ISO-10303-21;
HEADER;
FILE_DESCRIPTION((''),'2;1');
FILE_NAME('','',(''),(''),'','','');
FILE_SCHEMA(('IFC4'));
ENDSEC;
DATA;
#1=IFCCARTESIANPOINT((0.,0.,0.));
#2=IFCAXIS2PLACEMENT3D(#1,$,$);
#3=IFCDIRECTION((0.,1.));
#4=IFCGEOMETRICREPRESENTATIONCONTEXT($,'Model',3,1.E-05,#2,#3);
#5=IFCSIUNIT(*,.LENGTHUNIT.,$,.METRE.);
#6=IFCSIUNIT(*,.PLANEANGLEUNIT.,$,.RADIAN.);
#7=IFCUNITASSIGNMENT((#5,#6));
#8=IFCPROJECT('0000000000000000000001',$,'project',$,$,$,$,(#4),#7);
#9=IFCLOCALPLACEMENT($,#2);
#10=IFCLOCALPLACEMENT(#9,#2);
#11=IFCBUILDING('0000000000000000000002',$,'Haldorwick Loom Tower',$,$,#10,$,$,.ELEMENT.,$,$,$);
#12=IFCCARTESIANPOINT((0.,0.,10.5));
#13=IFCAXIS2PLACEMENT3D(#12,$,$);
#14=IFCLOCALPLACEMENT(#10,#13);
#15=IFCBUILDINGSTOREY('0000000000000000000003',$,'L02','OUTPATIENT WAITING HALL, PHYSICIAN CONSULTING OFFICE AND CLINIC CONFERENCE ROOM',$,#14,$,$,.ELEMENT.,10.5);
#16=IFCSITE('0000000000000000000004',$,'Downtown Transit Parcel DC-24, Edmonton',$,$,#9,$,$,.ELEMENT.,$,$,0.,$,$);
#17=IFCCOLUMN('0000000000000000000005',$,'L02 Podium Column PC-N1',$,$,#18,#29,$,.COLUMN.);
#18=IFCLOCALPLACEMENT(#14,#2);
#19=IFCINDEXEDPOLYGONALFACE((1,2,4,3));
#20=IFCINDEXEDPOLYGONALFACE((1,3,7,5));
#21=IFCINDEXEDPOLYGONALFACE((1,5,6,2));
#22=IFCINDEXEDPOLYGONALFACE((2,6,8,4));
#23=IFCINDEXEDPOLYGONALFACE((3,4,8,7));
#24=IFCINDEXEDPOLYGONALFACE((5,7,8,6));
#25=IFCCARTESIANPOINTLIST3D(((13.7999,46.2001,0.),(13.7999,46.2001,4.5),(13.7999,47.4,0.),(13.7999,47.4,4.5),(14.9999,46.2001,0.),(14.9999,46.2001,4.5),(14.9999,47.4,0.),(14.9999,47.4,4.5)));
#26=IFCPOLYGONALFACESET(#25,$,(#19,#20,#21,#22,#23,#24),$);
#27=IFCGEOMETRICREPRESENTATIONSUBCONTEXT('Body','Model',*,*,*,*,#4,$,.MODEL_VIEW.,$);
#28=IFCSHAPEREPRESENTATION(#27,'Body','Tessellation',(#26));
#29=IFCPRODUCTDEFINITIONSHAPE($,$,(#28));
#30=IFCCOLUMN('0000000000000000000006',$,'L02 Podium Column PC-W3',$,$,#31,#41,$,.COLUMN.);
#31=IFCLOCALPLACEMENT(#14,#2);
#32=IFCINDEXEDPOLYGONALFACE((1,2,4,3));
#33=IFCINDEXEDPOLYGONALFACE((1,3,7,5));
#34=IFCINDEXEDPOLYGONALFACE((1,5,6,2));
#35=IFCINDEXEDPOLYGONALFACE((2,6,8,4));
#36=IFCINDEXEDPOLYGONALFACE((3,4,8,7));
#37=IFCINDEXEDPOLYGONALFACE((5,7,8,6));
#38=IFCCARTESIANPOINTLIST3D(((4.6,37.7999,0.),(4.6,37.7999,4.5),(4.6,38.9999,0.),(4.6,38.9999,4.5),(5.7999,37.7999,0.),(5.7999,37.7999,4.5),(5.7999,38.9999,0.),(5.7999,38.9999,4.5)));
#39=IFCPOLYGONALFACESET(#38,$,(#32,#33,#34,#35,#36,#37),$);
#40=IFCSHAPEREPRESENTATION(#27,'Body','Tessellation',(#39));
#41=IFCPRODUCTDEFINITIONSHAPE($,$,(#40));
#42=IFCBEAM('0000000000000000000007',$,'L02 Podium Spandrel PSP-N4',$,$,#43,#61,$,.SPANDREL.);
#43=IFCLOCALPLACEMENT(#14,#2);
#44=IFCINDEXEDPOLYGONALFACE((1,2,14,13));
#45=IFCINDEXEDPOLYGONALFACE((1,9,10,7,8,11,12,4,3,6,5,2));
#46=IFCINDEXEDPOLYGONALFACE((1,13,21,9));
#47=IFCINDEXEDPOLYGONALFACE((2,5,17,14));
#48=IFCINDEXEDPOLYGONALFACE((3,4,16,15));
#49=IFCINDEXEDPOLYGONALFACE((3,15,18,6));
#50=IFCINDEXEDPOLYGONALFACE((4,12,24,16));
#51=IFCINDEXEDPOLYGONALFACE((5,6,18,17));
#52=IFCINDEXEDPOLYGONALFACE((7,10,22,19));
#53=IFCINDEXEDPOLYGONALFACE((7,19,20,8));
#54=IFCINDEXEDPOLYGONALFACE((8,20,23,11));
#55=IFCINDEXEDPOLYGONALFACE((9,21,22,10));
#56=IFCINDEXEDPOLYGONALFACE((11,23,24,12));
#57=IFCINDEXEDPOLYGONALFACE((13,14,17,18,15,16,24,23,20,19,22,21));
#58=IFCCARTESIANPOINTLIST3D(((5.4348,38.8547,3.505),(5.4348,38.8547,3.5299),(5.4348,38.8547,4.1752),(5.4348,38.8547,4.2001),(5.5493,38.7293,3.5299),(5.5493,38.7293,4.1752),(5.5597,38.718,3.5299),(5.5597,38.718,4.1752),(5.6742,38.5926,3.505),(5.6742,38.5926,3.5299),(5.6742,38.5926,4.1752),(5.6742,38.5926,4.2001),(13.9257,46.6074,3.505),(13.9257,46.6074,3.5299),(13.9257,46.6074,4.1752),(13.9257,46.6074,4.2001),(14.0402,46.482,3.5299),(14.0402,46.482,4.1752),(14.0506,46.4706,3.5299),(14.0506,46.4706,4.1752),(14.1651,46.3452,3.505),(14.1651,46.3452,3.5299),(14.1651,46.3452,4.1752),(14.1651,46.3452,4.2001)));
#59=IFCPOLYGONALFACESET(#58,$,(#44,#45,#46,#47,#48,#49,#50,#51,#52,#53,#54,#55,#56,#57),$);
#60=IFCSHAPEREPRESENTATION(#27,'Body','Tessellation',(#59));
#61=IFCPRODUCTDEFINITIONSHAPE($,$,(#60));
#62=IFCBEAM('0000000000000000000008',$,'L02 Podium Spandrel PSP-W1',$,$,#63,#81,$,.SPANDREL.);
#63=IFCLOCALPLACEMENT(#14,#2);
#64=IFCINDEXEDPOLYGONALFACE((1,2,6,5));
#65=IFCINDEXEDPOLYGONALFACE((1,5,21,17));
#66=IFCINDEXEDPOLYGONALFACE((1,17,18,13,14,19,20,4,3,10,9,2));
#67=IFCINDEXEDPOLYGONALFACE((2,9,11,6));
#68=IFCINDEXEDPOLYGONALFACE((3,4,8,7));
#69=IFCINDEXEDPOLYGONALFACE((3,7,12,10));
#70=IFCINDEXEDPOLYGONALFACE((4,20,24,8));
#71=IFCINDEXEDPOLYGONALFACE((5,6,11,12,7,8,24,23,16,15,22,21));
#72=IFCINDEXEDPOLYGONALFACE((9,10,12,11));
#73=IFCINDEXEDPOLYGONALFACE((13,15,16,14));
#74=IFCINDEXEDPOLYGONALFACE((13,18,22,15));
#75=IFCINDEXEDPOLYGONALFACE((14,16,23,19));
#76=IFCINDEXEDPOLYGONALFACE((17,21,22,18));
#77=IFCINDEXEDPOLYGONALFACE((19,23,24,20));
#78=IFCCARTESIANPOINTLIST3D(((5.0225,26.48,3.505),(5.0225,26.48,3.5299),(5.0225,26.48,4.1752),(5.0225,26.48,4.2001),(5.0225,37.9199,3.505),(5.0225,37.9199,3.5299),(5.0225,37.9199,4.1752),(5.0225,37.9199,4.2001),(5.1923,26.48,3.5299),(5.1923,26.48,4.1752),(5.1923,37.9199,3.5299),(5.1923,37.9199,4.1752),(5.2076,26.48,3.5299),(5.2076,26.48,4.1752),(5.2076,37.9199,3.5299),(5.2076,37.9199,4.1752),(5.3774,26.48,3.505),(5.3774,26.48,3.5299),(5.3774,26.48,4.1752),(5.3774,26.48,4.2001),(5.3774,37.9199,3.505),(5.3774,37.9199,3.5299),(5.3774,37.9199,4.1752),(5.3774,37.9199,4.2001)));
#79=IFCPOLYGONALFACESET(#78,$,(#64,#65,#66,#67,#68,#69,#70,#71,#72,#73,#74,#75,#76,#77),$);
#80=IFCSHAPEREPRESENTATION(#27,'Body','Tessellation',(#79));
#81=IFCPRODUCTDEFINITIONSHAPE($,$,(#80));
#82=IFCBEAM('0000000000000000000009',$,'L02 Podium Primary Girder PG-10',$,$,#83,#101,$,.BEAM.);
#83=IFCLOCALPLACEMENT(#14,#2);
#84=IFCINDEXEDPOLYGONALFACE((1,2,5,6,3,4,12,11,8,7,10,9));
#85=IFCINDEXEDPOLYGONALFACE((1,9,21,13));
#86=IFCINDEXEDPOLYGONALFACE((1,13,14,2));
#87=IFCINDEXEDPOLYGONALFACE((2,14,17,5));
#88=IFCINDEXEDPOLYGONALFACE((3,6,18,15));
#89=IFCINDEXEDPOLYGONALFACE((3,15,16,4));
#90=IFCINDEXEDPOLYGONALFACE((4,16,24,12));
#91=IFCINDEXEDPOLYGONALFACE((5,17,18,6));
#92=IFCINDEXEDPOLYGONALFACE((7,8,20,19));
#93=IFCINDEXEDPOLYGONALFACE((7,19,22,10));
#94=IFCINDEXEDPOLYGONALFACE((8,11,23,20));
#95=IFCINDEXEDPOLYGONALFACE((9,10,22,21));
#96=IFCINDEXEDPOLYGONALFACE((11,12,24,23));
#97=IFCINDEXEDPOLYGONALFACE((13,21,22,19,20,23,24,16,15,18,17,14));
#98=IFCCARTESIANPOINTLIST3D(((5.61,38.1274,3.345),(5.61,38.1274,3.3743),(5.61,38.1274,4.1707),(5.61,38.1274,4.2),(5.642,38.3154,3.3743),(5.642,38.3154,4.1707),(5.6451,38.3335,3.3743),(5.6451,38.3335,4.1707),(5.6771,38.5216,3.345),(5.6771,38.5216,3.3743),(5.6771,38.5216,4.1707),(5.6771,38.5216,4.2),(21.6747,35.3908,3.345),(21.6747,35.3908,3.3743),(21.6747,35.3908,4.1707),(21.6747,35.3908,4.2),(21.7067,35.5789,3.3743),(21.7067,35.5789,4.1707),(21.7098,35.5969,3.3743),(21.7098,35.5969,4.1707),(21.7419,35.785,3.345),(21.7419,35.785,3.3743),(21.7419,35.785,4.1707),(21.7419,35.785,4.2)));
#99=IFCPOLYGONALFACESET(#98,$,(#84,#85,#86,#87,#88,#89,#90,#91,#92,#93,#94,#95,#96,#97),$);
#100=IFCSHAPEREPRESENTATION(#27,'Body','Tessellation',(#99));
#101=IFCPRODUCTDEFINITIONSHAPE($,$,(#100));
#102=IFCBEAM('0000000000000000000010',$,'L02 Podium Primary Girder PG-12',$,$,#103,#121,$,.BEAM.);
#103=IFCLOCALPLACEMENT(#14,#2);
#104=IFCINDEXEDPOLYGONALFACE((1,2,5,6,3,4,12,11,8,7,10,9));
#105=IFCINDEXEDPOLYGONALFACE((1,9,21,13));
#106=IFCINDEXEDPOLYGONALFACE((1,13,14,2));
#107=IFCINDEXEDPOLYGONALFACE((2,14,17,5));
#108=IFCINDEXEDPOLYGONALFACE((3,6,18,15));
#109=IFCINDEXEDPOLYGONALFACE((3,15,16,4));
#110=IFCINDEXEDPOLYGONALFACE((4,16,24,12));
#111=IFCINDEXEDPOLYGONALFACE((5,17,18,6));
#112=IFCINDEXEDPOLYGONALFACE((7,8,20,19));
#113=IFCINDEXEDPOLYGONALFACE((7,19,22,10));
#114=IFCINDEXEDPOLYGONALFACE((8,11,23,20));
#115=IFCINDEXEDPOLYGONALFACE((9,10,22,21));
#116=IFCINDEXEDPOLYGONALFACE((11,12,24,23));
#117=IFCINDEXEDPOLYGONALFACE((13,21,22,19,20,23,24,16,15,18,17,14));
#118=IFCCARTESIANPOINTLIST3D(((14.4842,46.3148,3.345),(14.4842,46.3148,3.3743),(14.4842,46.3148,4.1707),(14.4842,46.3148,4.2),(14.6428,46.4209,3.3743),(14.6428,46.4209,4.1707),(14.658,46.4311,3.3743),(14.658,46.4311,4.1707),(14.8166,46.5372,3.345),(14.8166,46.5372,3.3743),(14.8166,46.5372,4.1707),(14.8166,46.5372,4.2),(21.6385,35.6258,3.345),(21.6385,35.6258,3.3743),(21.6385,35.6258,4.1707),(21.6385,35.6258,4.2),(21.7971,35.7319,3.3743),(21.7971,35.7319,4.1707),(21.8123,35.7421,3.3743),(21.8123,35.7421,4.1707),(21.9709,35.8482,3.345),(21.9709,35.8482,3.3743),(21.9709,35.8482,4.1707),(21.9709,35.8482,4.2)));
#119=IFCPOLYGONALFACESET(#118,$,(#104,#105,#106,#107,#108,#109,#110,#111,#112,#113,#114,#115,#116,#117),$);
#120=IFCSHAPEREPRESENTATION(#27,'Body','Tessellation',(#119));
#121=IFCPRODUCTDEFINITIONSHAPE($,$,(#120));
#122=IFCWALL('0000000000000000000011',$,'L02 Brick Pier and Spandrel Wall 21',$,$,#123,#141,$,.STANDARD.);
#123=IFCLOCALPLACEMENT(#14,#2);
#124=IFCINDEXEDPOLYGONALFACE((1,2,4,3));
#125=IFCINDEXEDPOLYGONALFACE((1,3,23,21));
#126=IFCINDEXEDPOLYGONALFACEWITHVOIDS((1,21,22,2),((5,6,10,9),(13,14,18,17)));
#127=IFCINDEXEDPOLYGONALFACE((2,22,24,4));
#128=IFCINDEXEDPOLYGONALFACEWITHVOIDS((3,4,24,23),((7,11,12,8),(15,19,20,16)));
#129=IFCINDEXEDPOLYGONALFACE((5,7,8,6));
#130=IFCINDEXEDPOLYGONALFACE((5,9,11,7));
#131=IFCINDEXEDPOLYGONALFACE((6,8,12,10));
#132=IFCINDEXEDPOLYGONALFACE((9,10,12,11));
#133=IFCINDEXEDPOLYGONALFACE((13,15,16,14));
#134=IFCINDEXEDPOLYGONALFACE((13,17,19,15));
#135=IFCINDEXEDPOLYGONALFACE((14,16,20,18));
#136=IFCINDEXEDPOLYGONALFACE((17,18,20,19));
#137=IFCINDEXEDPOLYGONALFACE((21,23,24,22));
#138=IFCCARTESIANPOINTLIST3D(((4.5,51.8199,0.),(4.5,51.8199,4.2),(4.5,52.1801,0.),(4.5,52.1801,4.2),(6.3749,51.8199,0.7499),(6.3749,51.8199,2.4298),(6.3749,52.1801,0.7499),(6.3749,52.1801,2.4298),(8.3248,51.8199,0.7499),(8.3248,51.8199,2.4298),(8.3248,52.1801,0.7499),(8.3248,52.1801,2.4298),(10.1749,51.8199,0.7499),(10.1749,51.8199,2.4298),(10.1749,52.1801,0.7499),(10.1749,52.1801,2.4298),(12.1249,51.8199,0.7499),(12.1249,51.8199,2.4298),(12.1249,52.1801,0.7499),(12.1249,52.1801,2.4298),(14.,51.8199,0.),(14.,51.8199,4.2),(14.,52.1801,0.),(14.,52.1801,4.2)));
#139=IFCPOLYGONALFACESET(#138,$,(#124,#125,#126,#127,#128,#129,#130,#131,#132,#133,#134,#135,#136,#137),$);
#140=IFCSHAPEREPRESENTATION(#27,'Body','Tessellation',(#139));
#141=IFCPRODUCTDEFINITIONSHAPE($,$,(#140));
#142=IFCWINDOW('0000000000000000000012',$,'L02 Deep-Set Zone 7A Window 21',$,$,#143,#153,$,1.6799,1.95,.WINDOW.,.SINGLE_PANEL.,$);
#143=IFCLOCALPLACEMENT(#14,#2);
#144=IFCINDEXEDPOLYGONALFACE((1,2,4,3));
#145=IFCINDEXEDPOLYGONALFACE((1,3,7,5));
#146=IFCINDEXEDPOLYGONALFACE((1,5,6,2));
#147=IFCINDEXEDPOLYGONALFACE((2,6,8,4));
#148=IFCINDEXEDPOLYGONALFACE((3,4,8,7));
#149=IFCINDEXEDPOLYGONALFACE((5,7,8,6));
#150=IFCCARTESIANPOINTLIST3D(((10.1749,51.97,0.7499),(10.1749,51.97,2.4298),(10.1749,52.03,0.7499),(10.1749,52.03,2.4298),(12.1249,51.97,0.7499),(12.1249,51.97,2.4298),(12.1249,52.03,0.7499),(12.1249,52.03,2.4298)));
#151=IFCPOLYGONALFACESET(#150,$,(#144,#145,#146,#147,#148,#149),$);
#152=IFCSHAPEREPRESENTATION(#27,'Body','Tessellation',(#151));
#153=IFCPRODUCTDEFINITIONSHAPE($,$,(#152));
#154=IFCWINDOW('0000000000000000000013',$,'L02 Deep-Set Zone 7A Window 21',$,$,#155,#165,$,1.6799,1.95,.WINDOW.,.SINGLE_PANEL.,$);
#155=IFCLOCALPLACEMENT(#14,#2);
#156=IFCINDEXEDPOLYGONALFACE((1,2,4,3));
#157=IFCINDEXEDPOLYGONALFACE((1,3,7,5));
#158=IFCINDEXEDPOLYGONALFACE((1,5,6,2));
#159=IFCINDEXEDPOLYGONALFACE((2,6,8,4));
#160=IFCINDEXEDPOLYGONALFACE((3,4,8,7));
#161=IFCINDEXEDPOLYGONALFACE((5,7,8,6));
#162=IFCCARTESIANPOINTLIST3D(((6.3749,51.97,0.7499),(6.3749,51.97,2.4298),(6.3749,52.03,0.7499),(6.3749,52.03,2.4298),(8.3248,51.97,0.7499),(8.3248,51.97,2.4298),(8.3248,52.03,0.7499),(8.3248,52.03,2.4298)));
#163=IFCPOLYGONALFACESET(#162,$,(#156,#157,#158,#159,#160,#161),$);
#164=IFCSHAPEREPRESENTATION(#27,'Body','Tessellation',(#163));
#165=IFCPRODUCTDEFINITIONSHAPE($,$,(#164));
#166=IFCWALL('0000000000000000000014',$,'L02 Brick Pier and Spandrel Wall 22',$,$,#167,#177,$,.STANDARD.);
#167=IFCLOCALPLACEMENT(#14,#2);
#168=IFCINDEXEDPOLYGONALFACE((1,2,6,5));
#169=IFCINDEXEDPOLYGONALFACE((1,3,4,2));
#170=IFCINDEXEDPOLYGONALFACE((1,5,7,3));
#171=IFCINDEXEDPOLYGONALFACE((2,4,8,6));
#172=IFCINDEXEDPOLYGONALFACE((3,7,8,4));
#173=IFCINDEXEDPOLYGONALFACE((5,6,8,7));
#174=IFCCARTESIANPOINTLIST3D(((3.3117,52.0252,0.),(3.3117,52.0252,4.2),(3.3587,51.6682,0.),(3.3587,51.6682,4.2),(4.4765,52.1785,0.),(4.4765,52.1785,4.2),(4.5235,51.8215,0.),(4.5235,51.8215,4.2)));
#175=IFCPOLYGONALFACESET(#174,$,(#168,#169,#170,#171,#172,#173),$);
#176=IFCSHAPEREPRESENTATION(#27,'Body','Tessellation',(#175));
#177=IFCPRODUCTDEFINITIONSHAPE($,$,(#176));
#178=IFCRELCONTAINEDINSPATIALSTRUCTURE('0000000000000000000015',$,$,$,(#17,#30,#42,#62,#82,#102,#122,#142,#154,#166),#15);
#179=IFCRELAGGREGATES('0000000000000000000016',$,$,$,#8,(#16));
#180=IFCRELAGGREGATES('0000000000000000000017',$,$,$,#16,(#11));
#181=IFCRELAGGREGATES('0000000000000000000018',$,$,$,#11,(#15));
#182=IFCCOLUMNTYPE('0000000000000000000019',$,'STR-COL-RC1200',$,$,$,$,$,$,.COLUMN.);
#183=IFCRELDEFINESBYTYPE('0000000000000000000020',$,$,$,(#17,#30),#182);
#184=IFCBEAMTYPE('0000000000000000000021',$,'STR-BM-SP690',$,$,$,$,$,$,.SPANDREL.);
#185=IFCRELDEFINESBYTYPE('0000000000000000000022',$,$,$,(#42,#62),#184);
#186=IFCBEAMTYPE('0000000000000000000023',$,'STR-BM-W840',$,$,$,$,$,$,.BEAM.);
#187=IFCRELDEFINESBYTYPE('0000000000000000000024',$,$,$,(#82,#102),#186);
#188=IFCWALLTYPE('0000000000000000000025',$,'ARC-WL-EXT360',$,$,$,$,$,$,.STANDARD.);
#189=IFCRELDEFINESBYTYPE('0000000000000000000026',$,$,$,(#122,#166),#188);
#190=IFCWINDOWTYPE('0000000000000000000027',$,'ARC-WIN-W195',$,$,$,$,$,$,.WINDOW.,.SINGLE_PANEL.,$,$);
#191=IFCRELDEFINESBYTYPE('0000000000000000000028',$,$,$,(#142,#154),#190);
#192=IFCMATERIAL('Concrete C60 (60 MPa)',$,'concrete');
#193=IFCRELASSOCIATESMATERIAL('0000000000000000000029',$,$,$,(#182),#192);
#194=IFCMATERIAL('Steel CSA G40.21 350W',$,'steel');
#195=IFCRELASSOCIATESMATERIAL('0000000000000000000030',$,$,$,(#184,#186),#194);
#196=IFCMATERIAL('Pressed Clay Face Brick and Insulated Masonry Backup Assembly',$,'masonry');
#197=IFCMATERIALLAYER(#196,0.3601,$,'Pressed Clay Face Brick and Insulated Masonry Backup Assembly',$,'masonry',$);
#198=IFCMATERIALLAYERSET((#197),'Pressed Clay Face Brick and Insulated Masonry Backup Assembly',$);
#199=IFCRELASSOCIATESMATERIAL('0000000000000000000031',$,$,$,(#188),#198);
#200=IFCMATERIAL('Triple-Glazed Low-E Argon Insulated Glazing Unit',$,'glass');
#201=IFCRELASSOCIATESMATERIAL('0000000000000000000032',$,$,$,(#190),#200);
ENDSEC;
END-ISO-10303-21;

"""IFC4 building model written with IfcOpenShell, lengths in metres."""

from ifc_helpers import new_model, si_unit, direction, frame, frame_2d, origin, origin_2d, place, context, subcontext, project, spatial, rectangle, i_section, extrude, material, layer, layer_set, material_profile, profile_set, type_object, element, fill, save


model = new_model("IFC4")

# Units and contexts
model_context = context("Model", 3, precision=1e-05, world=origin(), true_north=direction((0.0, 1.0)))
body_context = subcontext(model_context, "Body", "Model", "MODEL_VIEW")
ifc_project = project(units=[si_unit("LENGTHUNIT", "METRE"), si_unit("PLANEANGLEUNIT", "RADIAN")], contexts=[model_context])

# Site, building, storey
site_placement = place(None, origin())
site = spatial("IfcSite", under=ifc_project, at=site_placement, Name="Downtown Transit Parcel DC-24, Edmonton", CompositionType="ELEMENT", RefElevation=0.0)
building_placement = place(site_placement, origin())
building = spatial("IfcBuilding", under=site, at=building_placement, Name="Haldorwick Loom Tower", CompositionType="ELEMENT")
storey_placement = place(building_placement, frame((0.0, 0.0, 10.5)))
storey = spatial("IfcBuildingStorey", under=building, at=storey_placement, Name="L02", Description="OUTPATIENT WAITING HALL, PHYSICIAN CONSULTING OFFICE AND CLINIC CONFERENCE ROOM", CompositionType="ELEMENT", Elevation=10.5)

# Columns
ifc_material_1 = material(Name="Concrete C60 (60 MPa)", Category="concrete")
ifc_material_profile_1 = material_profile(ifc_material_1, rectangle(XDim=1.2, YDim=1.2, at=origin_2d()), Name="RC1200X1200", Category="concrete")
ifc_profile_set_1 = profile_set([ifc_material_profile_1], Name="Concrete C60 (60 MPa)")
column_type = type_object("IfcColumnType", Name="STR-COL-RC1200", PredefinedType="COLUMN", material=ifc_profile_set_1)
for number, where, z_axis, x_axis, name in (
    (1, (14.3999, 46.8, 0.0), (0.0, 0.0, 1.0), (1.0, 0.0, 0.0), "L02 Podium Column PC-N1"),
    (2, (5.2, 38.3999, 0.0), (0.0, 0.0, 1.0), (1.0, 0.0, 0.0), "L02 Podium Column PC-W3"),
):
    element("IfcColumn", number, at=place(storey_placement, frame(where, z_axis=z_axis, x_axis=x_axis)), inside=storey, type_object=column_type, Name=name, PredefinedType="COLUMN", context=body_context, shape_type="SweptSolid", body=[
        extrude(rectangle(XDim=1.2, YDim=1.2, at=origin_2d()), origin(), (0.0, 0.0, 1.0), 4.5),
    ])

# Beams
ifc_material_2 = material(Name="Steel CSA G40.21 350W", Category="steel")
ifc_material_profile_2 = material_profile(ifc_material_2, i_section(OverallWidth=0.355, OverallDepth=0.6951, WebThickness=0.0154, FlangeThickness=0.0249, at=origin_2d()), Name="W690X217", Category="steel")
ifc_profile_set_2 = profile_set([ifc_material_profile_2], Name="Steel CSA G40.21 350W")
beam_type_1 = type_object("IfcBeamType", Name="STR-BM-SP690", PredefinedType="SPANDREL", material=ifc_profile_set_2)
beam_1_placement = place(storey_placement, frame((14.0454, 46.4763, 3.8525), z_axis=(-0.738483, -0.674272, 0.0), x_axis=(0.674272, -0.738483, 0.0)))
element("IfcBeam", 3, at=beam_1_placement, inside=storey, type_object=beam_type_1, Name="L02 Podium Spandrel PSP-N4", PredefinedType="SPANDREL", context=body_context, shape_type="SweptSolid", body=[
    extrude(i_section(OverallWidth=0.355, OverallDepth=0.6951, WebThickness=0.0154, FlangeThickness=0.0249, at=origin_2d()), origin(), (0.0, 0.0, 1.0), 11.4978),
])
beam_2_placement = place(storey_placement, frame((5.2, 37.9199, 3.8525), z_axis=(0.0, -1.0, 0.0), x_axis=(1.0, 0.0, 0.0)))
element("IfcBeam", 4, at=beam_2_placement, inside=storey, type_object=beam_type_1, Name="L02 Podium Spandrel PSP-W1", PredefinedType="SPANDREL", context=body_context, shape_type="SweptSolid", body=[
    extrude(i_section(OverallWidth=0.355, OverallDepth=0.6951, WebThickness=0.0154, FlangeThickness=0.0249, at=origin_2d()), origin(), (0.0, 0.0, 1.0), 11.4399),
])
ifc_material_profile_3 = material_profile(ifc_material_2, i_section(OverallWidth=0.3999, OverallDepth=0.855, WebThickness=0.0183, FlangeThickness=0.0293, at=origin_2d()), Name="W840X299", Category="steel")
ifc_profile_set_3 = profile_set([ifc_material_profile_3], Name="Steel CSA G40.21 350W")
beam_type_2 = type_object("IfcBeamType", Name="STR-BM-W840", PredefinedType="BEAM", material=ifc_profile_set_3)
beam_3_placement = place(storey_placement, frame((5.6436, 38.3245, 3.7725), z_axis=(0.985799, -0.167928, 0.0), x_axis=(0.167928, 0.985799, 0.0)))
element("IfcBeam", 5, at=beam_3_placement, inside=storey, type_object=beam_type_2, Name="L02 Podium Primary Girder PG-10", PredefinedType="BEAM", context=body_context, shape_type="SweptSolid", body=[
    extrude(i_section(OverallWidth=0.3999, OverallDepth=0.855, WebThickness=0.0183, FlangeThickness=0.0293, at=origin_2d()), origin(), (0.0, 0.0, 1.0), 16.2961),
])
beam_4_placement = place(storey_placement, frame((14.6504, 46.426, 3.7725), z_axis=(0.556224, -0.831033, 0.0), x_axis=(0.831033, 0.556224, 0.0)))
element("IfcBeam", 6, at=beam_4_placement, inside=storey, type_object=beam_type_2, Name="L02 Podium Primary Girder PG-12", PredefinedType="BEAM", context=body_context, shape_type="SweptSolid", body=[
    extrude(i_section(OverallWidth=0.3999, OverallDepth=0.855, WebThickness=0.0183, FlangeThickness=0.0293, at=origin_2d()), origin(), (0.0, 0.0, 1.0), 12.8623),
])

# Wall, openings, windows
ifc_material_3 = material(Name="Pressed Clay Face Brick and Insulated Masonry Backup Assembly", Category="masonry")
ifc_layer_1 = layer(ifc_material_3, 0.3601, Name="Pressed Clay Face Brick and Insulated Masonry Backup Assembly", Category="masonry")
ifc_layer_set_1 = layer_set([ifc_layer_1], Name="Pressed Clay Face Brick and Insulated Masonry Backup Assembly")
wall_type_1 = type_object("IfcWallType", Name="ARC-WL-EXT360", PredefinedType="STANDARD", material=ifc_layer_set_1)
wall_1_placement = place(storey_placement, frame((14.0, 52.0, 0.0), z_axis=(0.0, 0.0, 1.0), x_axis=(-1.0, 0.0, 0.0)))
wall_1 = element("IfcWall", 7, at=wall_1_placement, inside=storey, type_object=wall_type_1, Name="L02 Brick Pier and Spandrel Wall 21", PredefinedType="STANDARD", context=body_context, shape_type="SweptSolid", body=[
    extrude(rectangle(XDim=9.5, YDim=0.3601, at=frame_2d((4.75, 0.0))), origin(), (0.0, 0.0, 1.0), 4.2),
])
opening_1_placement = place(wall_1_placement, frame((1.875, 0.0, 0.75)))
opening_1 = element("IfcOpeningElement", 8, at=opening_1_placement, cuts=wall_1, PredefinedType="OPENING", context=body_context, shape_type="SweptSolid", body=[
    extrude(rectangle(XDim=1.95, YDim=1.6799, at=frame_2d((0.9751, 0.8398))), frame((0.0, 0.1899, 0.0), z_axis=(0.0, -1.0, 0.0), x_axis=(1.0, 0.0, 0.0)), (0.0, 0.0, 1.0), 0.3801),
])
opening_2_placement = place(wall_1_placement, frame((5.675, 0.0, 0.75)))
opening_2 = element("IfcOpeningElement", 9, at=opening_2_placement, cuts=wall_1, PredefinedType="OPENING", context=body_context, shape_type="SweptSolid", body=[
    extrude(rectangle(XDim=1.95, YDim=1.6799, at=frame_2d((0.9751, 0.8398))), frame((0.0, 0.1899, 0.0), z_axis=(0.0, -1.0, 0.0), x_axis=(1.0, 0.0, 0.0)), (0.0, 0.0, 1.0), 0.3801),
])
ifc_material_4 = material(Name="Triple-Glazed Low-E Argon Insulated Glazing Unit", Category="glass")
window_type = type_object("IfcWindowType", Name="ARC-WIN-W195", PartitioningType="SINGLE_PANEL", PredefinedType="WINDOW", material=ifc_material_4)
window_1_placement = place(opening_1_placement, origin())
window_1 = element("IfcWindow", 10, at=window_1_placement, inside=storey, type_object=window_type, Name="L02 Deep-Set Zone 7A Window 21", OverallHeight=1.6799, OverallWidth=1.95, PartitioningType="SINGLE_PANEL", PredefinedType="WINDOW", context=body_context, shape_type="SweptSolid", body=[
    extrude(rectangle(XDim=1.95, YDim=1.6799, at=frame_2d((0.9751, 0.8398))), frame((0.0, 0.03, 0.0), z_axis=(0.0, -1.0, 0.0), x_axis=(1.0, 0.0, 0.0)), (0.0, 0.0, 1.0), 0.0601),
])
fill(opening_1, window_1)
window_2_placement = place(opening_2_placement, origin())
window_2 = element("IfcWindow", 11, at=window_2_placement, inside=storey, type_object=window_type, Name="L02 Deep-Set Zone 7A Window 21", OverallHeight=1.6799, OverallWidth=1.95, PartitioningType="SINGLE_PANEL", PredefinedType="WINDOW", context=body_context, shape_type="SweptSolid", body=[
    extrude(rectangle(XDim=1.95, YDim=1.6799, at=frame_2d((0.9751, 0.8398))), frame((0.0, 0.03, 0.0), z_axis=(0.0, -1.0, 0.0), x_axis=(1.0, 0.0, 0.0)), (0.0, 0.0, 1.0), 0.0601),
])
fill(opening_2, window_2)

# Wall
wall_2_placement = place(storey_placement, frame((4.5, 52.0, 0.0), z_axis=(0.0, 0.0, 1.0), x_axis=(-0.991448, -0.130503, 0.0)))
element("IfcWall", 12, at=wall_2_placement, inside=storey, type_object=wall_type_1, Name="L02 Brick Pier and Spandrel Wall 22", PredefinedType="STANDARD", context=body_context, shape_type="SweptSolid", body=[
    extrude(rectangle(XDim=1.1748, YDim=0.3601, at=frame_2d((0.5874, 0.0))), origin(), (0.0, 0.0, 1.0), 4.2),
])

save(model, "model.ifc")
